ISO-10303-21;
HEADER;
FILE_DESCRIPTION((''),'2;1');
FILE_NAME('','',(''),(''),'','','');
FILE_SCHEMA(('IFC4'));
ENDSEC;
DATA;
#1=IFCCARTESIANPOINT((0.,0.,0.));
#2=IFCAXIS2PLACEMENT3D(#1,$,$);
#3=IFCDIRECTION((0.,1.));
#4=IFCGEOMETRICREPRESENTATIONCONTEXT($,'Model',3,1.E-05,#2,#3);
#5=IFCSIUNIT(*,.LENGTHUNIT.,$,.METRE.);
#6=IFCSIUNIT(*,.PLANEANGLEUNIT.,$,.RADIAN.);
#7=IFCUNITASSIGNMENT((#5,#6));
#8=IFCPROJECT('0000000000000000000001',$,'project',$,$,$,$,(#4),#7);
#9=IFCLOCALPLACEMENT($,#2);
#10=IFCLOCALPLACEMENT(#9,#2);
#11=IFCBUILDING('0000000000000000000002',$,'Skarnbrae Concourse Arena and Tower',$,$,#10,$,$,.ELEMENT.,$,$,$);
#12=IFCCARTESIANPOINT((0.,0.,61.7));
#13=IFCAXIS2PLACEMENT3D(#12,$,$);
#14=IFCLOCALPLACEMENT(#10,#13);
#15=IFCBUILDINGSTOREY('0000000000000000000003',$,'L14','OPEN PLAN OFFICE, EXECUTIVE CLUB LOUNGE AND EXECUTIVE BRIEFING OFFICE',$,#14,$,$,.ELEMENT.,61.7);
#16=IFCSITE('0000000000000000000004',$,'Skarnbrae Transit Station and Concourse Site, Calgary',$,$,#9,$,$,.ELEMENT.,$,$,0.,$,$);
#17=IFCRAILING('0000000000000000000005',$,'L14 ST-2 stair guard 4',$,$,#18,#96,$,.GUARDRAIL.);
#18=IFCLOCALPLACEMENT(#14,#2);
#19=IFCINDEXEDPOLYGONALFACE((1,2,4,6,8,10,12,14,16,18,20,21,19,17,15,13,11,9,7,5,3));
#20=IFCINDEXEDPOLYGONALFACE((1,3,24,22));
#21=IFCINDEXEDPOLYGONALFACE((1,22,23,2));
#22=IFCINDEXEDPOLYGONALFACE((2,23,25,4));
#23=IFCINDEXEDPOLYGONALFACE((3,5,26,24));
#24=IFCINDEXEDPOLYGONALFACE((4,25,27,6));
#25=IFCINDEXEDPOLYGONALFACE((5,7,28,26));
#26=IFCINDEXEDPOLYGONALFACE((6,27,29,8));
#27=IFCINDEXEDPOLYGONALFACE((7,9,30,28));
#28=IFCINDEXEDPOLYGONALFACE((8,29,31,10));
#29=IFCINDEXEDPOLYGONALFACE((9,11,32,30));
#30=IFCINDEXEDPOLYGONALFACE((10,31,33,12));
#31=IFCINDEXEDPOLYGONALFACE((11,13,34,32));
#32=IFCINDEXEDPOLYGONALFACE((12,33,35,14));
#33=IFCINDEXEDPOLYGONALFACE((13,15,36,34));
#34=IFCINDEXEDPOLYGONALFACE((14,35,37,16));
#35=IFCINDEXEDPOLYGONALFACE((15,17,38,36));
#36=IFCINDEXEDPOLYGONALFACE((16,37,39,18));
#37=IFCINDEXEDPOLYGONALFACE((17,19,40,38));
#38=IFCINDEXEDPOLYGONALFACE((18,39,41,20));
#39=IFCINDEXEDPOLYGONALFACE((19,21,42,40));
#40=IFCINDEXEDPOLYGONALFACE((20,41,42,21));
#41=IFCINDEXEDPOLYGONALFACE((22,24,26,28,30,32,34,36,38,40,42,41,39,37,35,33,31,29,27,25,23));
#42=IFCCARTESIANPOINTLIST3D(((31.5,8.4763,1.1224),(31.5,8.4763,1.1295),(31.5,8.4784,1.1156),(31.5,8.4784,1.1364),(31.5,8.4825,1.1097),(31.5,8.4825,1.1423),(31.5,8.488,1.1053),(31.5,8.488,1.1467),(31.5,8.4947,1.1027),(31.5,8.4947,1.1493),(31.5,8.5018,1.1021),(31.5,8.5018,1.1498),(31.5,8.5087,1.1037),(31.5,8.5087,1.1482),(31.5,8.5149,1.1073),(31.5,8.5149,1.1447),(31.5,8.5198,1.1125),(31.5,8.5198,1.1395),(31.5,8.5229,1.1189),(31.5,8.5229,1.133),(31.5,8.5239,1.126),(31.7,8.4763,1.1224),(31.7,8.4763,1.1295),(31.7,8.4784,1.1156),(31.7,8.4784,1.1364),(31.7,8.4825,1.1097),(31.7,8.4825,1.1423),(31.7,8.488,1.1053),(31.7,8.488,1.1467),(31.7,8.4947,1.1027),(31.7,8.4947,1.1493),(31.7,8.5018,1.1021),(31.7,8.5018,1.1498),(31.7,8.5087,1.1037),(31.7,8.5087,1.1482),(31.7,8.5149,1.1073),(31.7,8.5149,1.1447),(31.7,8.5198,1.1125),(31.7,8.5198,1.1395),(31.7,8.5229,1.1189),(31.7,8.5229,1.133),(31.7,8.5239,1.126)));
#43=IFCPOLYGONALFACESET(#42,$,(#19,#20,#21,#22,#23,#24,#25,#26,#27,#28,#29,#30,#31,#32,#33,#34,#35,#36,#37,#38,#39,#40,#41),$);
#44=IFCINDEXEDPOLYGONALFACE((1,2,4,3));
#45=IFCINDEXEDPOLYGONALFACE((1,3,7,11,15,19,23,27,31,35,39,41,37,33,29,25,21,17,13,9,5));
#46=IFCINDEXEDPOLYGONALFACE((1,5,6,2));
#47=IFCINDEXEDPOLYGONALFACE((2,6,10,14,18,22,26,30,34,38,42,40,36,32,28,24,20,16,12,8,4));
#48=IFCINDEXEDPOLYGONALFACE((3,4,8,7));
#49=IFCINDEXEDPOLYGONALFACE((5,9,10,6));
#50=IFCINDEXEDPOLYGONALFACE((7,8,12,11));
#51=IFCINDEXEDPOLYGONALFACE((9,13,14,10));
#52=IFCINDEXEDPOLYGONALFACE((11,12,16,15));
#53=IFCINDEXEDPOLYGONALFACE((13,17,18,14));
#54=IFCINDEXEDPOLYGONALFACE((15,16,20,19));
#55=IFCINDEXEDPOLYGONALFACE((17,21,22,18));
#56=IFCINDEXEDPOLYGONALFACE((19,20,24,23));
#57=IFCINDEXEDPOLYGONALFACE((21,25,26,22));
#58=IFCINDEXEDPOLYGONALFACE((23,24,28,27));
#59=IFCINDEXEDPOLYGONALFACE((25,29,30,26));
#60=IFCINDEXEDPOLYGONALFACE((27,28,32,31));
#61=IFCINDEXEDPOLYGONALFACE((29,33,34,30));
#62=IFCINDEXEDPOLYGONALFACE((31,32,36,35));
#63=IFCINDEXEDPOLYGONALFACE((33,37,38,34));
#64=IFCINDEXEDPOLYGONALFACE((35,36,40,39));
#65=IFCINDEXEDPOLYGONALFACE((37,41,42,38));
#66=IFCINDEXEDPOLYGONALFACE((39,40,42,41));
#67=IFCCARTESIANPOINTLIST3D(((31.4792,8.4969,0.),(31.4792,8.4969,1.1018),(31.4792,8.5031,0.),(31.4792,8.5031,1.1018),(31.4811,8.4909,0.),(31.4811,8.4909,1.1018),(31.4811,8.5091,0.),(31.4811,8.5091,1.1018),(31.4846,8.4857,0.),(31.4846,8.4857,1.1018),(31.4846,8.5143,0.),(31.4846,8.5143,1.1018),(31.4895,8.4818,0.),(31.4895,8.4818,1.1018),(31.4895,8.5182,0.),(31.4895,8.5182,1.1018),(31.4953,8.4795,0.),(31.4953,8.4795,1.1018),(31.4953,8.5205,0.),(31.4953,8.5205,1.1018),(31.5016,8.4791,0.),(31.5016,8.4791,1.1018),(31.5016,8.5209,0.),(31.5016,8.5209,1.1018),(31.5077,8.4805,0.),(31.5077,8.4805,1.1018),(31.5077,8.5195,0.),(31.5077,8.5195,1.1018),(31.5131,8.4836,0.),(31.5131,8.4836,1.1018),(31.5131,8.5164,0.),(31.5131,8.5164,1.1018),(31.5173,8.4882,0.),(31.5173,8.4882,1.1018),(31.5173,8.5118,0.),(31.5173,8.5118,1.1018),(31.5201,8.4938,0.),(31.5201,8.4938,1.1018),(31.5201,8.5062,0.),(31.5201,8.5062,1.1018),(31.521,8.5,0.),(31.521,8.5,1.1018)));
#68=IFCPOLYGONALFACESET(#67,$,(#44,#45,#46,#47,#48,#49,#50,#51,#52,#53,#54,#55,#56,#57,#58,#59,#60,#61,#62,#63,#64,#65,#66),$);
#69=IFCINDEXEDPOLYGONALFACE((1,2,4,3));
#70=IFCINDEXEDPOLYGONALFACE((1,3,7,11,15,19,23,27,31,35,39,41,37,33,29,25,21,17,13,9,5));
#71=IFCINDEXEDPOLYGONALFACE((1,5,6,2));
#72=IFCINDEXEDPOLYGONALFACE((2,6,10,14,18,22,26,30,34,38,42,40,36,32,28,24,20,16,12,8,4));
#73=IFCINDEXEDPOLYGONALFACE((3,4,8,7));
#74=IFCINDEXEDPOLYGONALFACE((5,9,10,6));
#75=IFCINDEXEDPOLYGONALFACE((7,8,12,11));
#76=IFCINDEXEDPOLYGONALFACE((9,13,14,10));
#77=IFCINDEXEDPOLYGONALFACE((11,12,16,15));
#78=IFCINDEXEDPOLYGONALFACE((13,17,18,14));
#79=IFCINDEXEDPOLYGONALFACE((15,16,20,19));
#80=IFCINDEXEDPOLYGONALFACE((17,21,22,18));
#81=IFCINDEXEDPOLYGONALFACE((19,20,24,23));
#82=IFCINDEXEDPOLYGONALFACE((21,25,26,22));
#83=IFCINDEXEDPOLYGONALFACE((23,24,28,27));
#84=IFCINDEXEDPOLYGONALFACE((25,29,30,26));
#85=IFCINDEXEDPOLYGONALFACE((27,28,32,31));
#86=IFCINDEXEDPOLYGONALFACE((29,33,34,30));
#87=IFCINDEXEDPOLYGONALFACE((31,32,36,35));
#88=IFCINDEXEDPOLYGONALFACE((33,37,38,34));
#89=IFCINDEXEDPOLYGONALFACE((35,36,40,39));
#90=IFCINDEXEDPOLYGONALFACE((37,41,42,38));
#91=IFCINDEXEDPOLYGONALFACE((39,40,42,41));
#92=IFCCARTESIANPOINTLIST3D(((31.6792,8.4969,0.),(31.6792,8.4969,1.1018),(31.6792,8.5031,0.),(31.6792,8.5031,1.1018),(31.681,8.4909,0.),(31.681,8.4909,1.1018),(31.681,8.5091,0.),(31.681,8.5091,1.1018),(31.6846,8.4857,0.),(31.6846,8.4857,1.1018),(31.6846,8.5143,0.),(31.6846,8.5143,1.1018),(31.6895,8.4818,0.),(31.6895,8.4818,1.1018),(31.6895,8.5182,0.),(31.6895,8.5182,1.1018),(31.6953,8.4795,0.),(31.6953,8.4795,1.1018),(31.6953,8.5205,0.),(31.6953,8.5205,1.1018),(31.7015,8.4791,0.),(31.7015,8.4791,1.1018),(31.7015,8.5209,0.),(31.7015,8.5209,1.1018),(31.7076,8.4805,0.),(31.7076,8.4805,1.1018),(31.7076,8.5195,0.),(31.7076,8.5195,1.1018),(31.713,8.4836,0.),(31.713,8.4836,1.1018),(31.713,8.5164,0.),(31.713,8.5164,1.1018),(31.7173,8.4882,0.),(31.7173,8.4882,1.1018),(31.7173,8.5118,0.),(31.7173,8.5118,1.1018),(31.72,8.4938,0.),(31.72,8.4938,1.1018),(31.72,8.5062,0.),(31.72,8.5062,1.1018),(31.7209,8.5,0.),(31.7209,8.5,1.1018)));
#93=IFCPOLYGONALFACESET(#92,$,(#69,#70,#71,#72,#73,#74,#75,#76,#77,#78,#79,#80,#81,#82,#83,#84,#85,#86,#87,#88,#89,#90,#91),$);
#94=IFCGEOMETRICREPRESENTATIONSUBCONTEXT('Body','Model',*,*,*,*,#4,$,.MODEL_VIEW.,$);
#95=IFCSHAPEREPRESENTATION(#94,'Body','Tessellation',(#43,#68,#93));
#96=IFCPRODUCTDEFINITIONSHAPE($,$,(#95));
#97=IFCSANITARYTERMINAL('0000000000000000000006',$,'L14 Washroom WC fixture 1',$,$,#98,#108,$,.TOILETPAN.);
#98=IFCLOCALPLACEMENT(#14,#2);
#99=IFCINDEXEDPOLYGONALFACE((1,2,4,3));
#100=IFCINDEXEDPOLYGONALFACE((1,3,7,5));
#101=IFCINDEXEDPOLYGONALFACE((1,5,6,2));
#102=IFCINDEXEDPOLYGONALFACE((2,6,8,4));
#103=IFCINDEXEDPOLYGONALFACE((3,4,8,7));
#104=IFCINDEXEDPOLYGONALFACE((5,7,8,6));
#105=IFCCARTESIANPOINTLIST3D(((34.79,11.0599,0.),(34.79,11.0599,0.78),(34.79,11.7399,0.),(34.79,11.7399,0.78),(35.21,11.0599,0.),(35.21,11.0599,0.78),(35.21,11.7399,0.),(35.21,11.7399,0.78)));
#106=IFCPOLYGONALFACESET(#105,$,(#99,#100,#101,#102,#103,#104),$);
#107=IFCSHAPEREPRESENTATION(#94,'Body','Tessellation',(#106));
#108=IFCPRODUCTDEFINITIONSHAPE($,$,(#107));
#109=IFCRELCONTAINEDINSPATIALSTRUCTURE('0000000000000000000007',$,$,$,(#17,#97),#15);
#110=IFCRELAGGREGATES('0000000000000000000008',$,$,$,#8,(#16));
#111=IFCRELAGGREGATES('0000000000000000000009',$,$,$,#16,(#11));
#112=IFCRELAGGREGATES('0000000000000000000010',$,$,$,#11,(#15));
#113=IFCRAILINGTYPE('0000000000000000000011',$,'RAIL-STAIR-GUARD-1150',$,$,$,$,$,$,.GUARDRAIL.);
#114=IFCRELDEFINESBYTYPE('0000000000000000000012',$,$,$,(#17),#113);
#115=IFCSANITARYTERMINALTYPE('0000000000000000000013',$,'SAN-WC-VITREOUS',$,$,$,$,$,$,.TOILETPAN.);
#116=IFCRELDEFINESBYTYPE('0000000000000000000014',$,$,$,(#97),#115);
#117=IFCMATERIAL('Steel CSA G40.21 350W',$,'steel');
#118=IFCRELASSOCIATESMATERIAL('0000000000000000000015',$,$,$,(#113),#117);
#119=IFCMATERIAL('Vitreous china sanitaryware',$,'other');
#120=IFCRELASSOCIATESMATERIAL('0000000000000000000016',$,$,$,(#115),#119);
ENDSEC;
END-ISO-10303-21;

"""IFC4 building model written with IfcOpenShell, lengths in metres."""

from ifc_helpers import new_model, si_unit, direction, frame, origin, origin_2d, place, context, subcontext, project, spatial, rectangle, circle, extrude, source, transform, mapped, material, type_object, element, save


model = new_model("IFC4")

# Units and contexts
model_context = context("Model", 3, precision=1e-05, world=origin(), true_north=direction((0.0, 1.0)))
body_context = subcontext(model_context, "Body", "Model", "MODEL_VIEW")
ifc_project = project(units=[si_unit("LENGTHUNIT", "METRE"), si_unit("PLANEANGLEUNIT", "RADIAN")], contexts=[model_context])

# Site, building, storey
site_placement = place(None, origin())
site = spatial("IfcSite", under=ifc_project, at=site_placement, Name="Skarnbrae Transit Station and Concourse Site, Calgary", CompositionType="ELEMENT", RefElevation=0.0)
building_placement = place(site_placement, origin())
building = spatial("IfcBuilding", under=site, at=building_placement, Name="Skarnbrae Concourse Arena and Tower", CompositionType="ELEMENT")
storey_placement = place(building_placement, frame((0.0, 0.0, 61.7)))
storey = spatial("IfcBuildingStorey", under=building, at=storey_placement, Name="L14", Description="OPEN PLAN OFFICE, EXECUTIVE CLUB LOUNGE AND EXECUTIVE BRIEFING OFFICE", CompositionType="ELEMENT", Elevation=61.7)

# Shared definitions
ifc_material_1 = material(Name="Steel CSA G40.21 350W", Category="steel")

# Railing
railing_type_1 = type_object("IfcRailingType", Name="RAIL-STAIR-GUARD-1150", PredefinedType="GUARDRAIL", material=ifc_material_1)
railing_1_placement = place(storey_placement, frame((31.5, 8.5, 0.0)))
element("IfcRailing", 1, at=railing_1_placement, inside=storey, type_object=railing_type_1, Name="L14 ST-2 stair guard 4", PredefinedType="GUARDRAIL", context=body_context, shape_type="SweptSolid", body=[
    extrude(circle(Radius=0.0239, at=origin_2d()), frame((0.0, 0.0, 1.126), z_axis=(1.0, 0.0, 0.0), x_axis=(0.0, 1.0, 0.0)), (0.0, 0.0, 1.0), 0.2),
    extrude(circle(Radius=0.021, at=origin_2d()), origin(), (0.0, 0.0, 1.0), 1.1018),
    extrude(circle(Radius=0.021, at=origin_2d()), frame((0.2, 0.0, 0.0)), (0.0, 0.0, 1.0), 1.1018),
])

# Sanitary terminal
ifc_material_2 = material(Name="Vitreous china sanitaryware", Category="other")
sanitary_terminal_type = type_object("IfcSanitaryTerminalType", Name="SAN-WC-VITREOUS", PredefinedType="TOILETPAN", material=ifc_material_2)
shared_shape_1 = source(origin(), body_context, "Body", "SweptSolid", [
    extrude(rectangle(XDim=0.4199, YDim=0.6799, at=origin_2d()), origin(), (0.0, 0.0, 1.0), 0.78),
])
sanitary_terminal_placement = place(storey_placement, frame((35.0, 11.3999, 0.0), z_axis=(0.0, 0.0, 1.0), x_axis=(1.0, 0.0, 0.0)))
element("IfcSanitaryTerminal", 2, at=sanitary_terminal_placement, inside=storey, type_object=sanitary_terminal_type, Name="L14 Washroom WC fixture 1", PredefinedType="TOILETPAN", context=body_context, shape_type="MappedRepresentation", body=[
    mapped(shared_shape_1, transform((0.0, 0.0, 0.0))),
])

save(model, "model.ifc")
